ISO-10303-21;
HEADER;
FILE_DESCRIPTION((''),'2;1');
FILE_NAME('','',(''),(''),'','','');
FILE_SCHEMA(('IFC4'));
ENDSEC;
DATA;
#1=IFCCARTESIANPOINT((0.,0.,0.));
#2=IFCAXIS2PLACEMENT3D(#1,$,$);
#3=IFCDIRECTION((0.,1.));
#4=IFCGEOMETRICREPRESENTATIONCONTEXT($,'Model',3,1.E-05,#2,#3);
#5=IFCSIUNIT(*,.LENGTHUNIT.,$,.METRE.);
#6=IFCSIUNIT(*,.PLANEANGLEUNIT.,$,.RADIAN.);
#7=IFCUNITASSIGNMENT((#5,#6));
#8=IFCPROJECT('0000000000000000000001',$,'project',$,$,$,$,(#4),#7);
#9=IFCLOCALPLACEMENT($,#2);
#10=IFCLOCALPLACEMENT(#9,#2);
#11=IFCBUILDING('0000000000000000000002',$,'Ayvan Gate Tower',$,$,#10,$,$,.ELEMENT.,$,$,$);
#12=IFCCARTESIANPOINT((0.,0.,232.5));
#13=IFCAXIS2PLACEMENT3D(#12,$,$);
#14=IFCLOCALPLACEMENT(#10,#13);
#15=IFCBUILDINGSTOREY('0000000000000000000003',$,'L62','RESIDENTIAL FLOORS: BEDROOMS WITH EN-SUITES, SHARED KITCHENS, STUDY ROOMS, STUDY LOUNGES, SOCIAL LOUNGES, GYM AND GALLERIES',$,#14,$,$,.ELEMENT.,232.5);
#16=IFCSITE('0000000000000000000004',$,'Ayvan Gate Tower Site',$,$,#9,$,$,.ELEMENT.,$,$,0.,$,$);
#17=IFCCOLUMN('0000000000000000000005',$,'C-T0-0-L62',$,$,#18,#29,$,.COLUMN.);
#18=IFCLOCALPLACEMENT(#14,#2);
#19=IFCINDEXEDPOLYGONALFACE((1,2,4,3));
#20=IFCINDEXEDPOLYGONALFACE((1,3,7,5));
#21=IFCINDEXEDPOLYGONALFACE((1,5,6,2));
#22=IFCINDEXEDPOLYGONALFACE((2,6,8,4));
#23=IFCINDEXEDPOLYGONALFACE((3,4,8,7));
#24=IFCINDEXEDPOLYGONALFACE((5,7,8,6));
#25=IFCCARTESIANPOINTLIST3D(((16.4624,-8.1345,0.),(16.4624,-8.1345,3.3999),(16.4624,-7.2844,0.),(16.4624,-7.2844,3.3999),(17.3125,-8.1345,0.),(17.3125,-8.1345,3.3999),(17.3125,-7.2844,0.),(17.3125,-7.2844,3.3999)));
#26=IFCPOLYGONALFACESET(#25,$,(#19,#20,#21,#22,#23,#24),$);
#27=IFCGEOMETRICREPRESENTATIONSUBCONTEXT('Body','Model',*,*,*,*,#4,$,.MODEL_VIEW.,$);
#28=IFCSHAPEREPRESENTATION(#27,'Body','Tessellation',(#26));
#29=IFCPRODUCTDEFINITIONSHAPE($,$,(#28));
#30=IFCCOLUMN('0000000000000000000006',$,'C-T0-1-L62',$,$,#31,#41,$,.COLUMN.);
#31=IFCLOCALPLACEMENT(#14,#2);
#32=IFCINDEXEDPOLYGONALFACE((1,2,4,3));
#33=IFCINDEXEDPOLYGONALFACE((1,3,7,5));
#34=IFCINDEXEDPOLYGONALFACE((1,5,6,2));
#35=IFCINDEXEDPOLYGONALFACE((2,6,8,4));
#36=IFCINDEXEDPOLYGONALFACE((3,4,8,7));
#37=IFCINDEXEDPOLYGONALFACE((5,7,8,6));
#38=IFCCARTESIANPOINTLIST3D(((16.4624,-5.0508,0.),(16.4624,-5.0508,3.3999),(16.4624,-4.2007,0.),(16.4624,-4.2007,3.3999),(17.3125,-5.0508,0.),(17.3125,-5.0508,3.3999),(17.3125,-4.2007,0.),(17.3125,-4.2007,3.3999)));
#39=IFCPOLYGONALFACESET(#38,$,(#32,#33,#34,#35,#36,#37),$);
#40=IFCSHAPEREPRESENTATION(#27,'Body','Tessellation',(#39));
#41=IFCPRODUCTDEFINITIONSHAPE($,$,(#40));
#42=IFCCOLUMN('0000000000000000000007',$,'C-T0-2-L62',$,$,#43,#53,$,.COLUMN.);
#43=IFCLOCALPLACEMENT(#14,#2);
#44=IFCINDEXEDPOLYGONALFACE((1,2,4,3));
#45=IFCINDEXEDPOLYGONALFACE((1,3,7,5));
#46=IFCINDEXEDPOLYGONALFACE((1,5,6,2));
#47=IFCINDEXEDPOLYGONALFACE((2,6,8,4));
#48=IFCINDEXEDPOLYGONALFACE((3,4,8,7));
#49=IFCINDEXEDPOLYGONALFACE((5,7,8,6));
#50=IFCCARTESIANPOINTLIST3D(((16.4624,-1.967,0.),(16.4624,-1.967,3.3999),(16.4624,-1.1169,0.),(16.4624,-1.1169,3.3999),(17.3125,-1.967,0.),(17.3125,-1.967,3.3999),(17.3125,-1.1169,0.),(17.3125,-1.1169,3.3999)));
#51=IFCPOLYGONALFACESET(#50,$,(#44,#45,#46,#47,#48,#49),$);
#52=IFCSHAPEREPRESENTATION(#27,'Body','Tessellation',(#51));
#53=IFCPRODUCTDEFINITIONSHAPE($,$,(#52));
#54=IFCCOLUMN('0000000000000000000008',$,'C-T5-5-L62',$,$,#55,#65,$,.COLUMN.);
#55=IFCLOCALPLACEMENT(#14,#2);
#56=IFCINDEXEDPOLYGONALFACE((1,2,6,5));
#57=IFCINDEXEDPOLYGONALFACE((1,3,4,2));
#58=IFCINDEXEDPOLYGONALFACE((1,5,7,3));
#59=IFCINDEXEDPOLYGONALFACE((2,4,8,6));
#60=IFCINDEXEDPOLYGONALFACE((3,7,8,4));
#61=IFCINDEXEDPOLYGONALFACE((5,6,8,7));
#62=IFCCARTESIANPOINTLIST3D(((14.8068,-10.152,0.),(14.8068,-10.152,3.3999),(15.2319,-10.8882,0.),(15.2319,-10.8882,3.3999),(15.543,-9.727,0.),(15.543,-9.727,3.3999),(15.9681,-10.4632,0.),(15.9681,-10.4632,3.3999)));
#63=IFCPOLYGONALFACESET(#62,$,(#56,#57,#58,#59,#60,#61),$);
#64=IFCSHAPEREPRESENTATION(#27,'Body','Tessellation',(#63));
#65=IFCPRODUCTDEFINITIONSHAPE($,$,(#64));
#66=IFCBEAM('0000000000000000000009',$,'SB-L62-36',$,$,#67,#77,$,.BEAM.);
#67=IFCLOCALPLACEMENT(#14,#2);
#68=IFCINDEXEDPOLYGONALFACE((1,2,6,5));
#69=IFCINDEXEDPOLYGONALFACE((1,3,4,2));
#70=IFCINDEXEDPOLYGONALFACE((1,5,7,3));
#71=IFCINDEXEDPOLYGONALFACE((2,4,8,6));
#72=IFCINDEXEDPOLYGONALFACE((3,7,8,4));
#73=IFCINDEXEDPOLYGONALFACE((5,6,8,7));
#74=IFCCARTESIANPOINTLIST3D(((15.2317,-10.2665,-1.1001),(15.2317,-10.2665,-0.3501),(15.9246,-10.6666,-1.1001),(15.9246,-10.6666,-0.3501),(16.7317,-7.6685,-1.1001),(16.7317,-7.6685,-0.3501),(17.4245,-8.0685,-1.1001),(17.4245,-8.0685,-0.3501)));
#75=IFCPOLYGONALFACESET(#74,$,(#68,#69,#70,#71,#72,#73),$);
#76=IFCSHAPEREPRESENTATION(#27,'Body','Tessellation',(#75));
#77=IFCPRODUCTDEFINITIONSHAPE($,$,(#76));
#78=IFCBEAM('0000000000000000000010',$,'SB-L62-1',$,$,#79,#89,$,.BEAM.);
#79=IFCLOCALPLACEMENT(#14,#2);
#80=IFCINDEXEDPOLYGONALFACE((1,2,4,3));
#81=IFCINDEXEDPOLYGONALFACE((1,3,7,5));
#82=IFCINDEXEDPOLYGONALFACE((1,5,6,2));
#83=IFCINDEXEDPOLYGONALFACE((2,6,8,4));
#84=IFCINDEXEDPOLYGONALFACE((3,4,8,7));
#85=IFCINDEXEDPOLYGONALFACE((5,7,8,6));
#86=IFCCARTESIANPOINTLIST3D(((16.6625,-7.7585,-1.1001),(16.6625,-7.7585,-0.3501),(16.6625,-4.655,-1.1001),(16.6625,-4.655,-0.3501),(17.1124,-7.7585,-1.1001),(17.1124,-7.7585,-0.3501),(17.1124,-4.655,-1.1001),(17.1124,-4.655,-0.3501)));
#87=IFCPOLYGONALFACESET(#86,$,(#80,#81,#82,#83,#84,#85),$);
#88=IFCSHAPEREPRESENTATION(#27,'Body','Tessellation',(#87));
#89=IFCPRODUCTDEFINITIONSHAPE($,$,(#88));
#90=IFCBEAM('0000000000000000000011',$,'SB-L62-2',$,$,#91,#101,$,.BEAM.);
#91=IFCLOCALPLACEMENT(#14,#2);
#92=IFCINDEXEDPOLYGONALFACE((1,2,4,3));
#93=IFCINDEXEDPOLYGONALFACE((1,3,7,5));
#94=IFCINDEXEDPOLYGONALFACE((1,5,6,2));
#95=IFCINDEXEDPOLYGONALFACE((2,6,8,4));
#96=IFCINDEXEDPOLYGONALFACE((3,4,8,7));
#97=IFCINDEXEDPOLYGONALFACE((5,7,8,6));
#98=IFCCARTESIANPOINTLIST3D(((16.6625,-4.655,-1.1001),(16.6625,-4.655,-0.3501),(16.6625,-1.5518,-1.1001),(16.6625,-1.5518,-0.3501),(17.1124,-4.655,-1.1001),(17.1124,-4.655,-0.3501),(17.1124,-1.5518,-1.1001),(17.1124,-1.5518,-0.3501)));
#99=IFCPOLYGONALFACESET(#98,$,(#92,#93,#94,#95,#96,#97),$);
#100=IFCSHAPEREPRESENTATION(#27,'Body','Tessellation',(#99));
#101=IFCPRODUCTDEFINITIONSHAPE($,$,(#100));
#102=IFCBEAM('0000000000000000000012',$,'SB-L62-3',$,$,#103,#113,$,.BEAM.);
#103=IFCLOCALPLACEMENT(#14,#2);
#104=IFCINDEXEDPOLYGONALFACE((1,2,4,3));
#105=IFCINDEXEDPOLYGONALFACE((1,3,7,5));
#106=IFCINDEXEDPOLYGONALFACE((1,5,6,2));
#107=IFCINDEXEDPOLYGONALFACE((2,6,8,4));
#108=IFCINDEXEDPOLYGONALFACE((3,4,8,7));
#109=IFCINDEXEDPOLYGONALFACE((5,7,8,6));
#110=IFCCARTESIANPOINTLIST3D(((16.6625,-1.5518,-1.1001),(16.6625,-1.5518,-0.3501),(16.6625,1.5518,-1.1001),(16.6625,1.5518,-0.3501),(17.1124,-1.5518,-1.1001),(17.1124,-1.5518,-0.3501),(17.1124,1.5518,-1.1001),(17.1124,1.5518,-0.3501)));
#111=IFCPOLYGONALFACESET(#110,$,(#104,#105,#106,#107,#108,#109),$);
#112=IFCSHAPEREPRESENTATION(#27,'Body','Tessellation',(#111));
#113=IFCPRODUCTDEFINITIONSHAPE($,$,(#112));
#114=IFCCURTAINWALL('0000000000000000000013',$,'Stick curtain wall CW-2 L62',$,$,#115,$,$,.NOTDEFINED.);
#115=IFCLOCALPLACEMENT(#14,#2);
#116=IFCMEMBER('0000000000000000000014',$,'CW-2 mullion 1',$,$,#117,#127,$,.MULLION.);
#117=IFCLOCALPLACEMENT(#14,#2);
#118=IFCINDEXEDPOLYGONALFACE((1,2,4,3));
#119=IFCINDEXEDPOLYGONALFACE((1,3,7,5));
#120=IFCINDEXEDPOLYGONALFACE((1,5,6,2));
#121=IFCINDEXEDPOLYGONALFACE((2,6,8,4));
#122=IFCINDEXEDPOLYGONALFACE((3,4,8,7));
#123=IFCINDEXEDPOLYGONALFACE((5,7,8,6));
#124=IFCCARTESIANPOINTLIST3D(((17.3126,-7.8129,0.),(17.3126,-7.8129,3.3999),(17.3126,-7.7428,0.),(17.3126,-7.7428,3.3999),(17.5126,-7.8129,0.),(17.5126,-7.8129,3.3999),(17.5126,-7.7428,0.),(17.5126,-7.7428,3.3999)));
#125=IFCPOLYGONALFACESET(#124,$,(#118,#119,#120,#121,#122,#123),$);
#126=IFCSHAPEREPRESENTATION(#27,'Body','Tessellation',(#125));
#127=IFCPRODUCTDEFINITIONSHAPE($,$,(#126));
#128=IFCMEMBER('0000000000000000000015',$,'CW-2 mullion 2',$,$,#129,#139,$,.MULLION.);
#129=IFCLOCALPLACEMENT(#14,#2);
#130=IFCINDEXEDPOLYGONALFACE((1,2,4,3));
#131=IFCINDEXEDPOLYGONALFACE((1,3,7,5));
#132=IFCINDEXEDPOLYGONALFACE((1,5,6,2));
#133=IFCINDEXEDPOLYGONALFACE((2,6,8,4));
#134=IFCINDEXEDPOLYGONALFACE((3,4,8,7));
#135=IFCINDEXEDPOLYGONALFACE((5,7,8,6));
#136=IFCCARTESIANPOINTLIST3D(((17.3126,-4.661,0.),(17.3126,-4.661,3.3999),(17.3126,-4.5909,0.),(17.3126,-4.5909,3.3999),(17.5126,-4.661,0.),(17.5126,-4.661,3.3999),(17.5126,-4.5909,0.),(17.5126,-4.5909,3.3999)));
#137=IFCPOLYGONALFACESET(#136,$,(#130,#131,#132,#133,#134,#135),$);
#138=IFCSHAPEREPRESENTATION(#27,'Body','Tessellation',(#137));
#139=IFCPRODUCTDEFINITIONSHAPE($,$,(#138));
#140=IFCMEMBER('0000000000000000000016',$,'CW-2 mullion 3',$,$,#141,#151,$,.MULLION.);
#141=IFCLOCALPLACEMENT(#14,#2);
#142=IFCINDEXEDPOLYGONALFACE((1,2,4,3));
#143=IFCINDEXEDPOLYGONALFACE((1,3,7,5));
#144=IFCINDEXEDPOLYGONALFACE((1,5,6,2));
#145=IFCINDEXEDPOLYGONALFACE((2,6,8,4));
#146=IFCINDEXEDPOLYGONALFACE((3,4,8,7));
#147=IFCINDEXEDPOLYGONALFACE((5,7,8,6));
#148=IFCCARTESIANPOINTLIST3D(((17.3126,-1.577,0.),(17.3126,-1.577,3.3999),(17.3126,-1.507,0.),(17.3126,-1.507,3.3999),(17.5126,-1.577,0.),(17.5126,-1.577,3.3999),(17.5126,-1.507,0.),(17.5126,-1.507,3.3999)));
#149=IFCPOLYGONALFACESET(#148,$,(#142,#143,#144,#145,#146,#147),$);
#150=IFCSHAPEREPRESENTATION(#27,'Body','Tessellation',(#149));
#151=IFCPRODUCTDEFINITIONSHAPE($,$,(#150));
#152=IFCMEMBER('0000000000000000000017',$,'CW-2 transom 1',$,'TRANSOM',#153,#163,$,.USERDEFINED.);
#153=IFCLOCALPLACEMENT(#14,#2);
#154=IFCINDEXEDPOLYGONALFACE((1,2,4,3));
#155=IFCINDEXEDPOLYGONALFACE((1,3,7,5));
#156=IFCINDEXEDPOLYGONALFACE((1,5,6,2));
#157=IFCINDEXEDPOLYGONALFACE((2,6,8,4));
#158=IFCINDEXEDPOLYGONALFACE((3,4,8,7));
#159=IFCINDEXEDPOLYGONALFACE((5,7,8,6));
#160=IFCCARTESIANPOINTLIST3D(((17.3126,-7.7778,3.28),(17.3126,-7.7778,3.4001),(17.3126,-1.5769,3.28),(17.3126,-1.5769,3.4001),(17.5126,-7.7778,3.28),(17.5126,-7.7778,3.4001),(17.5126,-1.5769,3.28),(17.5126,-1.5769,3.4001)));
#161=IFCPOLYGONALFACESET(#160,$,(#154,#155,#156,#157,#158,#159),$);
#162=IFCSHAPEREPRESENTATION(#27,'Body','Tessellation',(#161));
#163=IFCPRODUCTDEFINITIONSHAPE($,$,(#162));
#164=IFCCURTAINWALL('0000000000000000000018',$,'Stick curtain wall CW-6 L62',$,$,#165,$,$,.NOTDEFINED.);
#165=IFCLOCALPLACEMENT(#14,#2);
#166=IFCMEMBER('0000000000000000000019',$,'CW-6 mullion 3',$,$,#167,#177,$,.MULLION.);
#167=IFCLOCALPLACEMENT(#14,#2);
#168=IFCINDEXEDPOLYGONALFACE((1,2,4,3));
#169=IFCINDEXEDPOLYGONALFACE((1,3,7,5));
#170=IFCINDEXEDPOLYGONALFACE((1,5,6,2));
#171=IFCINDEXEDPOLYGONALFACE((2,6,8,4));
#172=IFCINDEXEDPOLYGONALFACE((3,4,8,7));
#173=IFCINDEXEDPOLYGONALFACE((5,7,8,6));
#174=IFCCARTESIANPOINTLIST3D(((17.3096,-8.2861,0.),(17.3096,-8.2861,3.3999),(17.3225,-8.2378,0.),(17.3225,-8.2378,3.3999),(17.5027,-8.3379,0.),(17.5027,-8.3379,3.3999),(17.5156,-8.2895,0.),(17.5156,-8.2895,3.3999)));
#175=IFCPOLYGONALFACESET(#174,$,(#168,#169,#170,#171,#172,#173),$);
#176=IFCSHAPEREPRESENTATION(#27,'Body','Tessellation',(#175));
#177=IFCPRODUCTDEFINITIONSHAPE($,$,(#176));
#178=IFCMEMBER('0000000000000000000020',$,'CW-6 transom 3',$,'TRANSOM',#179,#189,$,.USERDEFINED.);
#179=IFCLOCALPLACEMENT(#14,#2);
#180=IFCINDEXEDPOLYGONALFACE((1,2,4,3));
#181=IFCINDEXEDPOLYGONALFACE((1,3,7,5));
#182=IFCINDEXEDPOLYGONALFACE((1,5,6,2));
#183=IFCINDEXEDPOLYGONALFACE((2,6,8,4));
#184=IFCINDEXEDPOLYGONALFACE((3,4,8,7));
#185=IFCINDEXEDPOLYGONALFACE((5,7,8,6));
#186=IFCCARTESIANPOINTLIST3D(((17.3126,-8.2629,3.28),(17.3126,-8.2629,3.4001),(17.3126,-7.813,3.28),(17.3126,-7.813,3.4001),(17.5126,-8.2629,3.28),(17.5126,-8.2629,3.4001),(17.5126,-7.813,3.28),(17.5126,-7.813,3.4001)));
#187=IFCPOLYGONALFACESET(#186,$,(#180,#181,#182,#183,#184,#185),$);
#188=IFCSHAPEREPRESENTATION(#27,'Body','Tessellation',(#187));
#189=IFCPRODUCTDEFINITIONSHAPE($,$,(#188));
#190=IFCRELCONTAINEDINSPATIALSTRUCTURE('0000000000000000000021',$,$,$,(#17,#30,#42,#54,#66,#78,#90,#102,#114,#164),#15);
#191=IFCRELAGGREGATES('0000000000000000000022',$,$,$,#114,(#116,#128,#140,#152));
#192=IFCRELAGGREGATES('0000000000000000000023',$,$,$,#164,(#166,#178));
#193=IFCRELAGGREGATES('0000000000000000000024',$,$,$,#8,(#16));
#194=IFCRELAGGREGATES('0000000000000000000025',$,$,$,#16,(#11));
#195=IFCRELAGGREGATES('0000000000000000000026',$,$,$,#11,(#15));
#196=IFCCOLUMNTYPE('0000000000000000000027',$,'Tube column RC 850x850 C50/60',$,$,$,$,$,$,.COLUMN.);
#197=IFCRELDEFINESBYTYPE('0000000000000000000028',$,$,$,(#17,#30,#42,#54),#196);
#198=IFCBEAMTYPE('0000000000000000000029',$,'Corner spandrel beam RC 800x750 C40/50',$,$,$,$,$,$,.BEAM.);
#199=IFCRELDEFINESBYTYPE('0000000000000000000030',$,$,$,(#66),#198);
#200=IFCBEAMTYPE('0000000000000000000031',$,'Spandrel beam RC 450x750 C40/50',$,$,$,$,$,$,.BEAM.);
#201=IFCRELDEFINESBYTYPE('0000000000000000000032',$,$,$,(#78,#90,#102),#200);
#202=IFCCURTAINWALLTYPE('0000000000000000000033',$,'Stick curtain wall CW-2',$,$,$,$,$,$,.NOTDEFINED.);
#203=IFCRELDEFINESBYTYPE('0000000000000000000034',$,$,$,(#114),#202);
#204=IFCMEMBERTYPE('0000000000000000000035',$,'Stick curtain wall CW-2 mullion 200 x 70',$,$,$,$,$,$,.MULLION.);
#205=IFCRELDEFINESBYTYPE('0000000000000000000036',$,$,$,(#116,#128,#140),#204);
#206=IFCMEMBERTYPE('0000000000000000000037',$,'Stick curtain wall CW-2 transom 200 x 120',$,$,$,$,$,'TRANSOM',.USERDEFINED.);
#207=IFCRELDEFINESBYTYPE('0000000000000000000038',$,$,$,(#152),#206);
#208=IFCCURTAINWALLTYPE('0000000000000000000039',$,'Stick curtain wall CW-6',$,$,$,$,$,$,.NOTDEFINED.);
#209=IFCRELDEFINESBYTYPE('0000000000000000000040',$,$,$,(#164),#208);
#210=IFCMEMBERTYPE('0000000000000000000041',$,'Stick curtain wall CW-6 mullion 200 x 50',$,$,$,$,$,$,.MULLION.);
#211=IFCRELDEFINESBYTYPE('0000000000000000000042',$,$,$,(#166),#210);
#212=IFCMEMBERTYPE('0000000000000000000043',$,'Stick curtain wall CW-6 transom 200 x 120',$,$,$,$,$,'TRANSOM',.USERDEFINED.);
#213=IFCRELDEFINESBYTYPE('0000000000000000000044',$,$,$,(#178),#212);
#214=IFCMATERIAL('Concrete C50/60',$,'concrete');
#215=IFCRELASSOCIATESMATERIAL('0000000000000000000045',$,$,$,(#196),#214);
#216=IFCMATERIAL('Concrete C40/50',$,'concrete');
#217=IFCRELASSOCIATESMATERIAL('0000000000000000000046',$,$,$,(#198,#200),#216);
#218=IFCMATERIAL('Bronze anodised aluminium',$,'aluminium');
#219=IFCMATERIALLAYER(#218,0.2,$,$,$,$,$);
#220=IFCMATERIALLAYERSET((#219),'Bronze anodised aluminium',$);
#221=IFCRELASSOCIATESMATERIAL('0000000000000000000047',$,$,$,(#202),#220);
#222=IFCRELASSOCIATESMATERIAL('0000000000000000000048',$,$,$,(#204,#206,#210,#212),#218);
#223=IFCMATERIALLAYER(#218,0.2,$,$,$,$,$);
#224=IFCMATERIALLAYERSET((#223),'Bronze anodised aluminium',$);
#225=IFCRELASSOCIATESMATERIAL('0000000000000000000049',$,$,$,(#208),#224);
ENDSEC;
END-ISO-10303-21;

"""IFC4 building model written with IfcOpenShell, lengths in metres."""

from ifc_helpers import new_model, si_unit, direction, frame, origin, origin_2d, place, context, subcontext, project, spatial, rectangle, extrude, material, layer, layer_set, material_profile, profile_set, type_object, element, aggregate, save


model = new_model("IFC4")

# Units and contexts
model_context = context("Model", 3, precision=1e-05, world=origin(), true_north=direction((0.0, 1.0)))
body_context = subcontext(model_context, "Body", "Model", "MODEL_VIEW")
ifc_project = project(units=[si_unit("LENGTHUNIT", "METRE"), si_unit("PLANEANGLEUNIT", "RADIAN")], contexts=[model_context])

# Site, building, storey
site_placement = place(None, origin())
site = spatial("IfcSite", under=ifc_project, at=site_placement, Name="Ayvan Gate Tower Site", CompositionType="ELEMENT", RefElevation=0.0)
building_placement = place(site_placement, origin())
building = spatial("IfcBuilding", under=site, at=building_placement, Name="Ayvan Gate Tower", CompositionType="ELEMENT")
storey_placement = place(building_placement, frame((0.0, 0.0, 232.5)))
storey = spatial("IfcBuildingStorey", under=building, at=storey_placement, Name="L62", Description="RESIDENTIAL FLOORS: BEDROOMS WITH EN-SUITES, SHARED KITCHENS, STUDY ROOMS, STUDY LOUNGES, SOCIAL LOUNGES, GYM AND GALLERIES", CompositionType="ELEMENT", Elevation=232.5)

# Columns
ifc_material_1 = material(Name="Concrete C50/60", Category="concrete")
ifc_material_profile_1 = material_profile(ifc_material_1, rectangle(XDim=0.8501, YDim=0.8501, at=origin_2d()), Name="RC 850x850")
ifc_profile_set_1 = profile_set([ifc_material_profile_1], Name="Concrete C50/60")
column_type = type_object("IfcColumnType", Name="Tube column RC 850x850 C50/60", PredefinedType="COLUMN", material=ifc_profile_set_1)
for number, where, z_axis, x_axis, name in (
    (1, (16.8875, -7.7095, 0.0), (0.0, 0.0, 1.0), (1.0, 0.0, 0.0), "C-T0-0-L62"),
    (2, (16.8875, -4.6257, 0.0), (0.0, 0.0, 1.0), (1.0, 0.0, 0.0), "C-T0-1-L62"),
    (3, (16.8875, -1.542, 0.0), (0.0, 0.0, 1.0), (1.0, 0.0, 0.0), "C-T0-2-L62"),
    (4, (15.3875, -10.3076, 0.0), (0.0, 0.0, 1.0), (0.5, -0.866025, 0.0), "C-T5-5-L62"),
):
    element("IfcColumn", number, at=place(storey_placement, frame(where, z_axis=z_axis, x_axis=x_axis)), inside=storey, type_object=column_type, Name=name, PredefinedType="COLUMN", context=body_context, shape_type="SweptSolid", body=[
        extrude(rectangle(XDim=0.8501, YDim=0.8501, at=origin_2d()), origin(), (0.0, 0.0, 1.0), 3.3999),
    ])

# Beams
ifc_material_2 = material(Name="Concrete C40/50", Category="concrete")
ifc_material_profile_2 = material_profile(ifc_material_2, rectangle(XDim=0.8, YDim=0.75, at=origin_2d()), Name="RC 800x750")
ifc_profile_set_2 = profile_set([ifc_material_profile_2], Name="Concrete C40/50")
beam_type_1 = type_object("IfcBeamType", Name="Corner spandrel beam RC 800x750 C40/50", PredefinedType="BEAM", material=ifc_profile_set_2)
beam_1_placement = place(storey_placement, frame((15.5781, -10.4666, -0.7251), z_axis=(0.49999, 0.866031, 0.0), x_axis=(-0.866031, 0.49999, 0.0)))
element("IfcBeam", 5, at=beam_1_placement, inside=storey, type_object=beam_type_1, Name="SB-L62-36", PredefinedType="BEAM", context=body_context, shape_type="SweptSolid", body=[
    extrude(rectangle(XDim=0.8, YDim=0.75, at=origin_2d()), origin(), (0.0, 0.0, 1.0), 3.0),
])
ifc_material_profile_3 = material_profile(ifc_material_2, rectangle(XDim=0.45, YDim=0.75, at=origin_2d()), Name="RC 450x750")
ifc_profile_set_3 = profile_set([ifc_material_profile_3], Name="Concrete C40/50")
beam_type_2 = type_object("IfcBeamType", Name="Spandrel beam RC 450x750 C40/50", PredefinedType="BEAM", material=ifc_profile_set_3)
beam_2_placement = place(storey_placement, frame((16.8875, -7.7585, -0.7251), z_axis=(0.0, 1.0, 0.0), x_axis=(-1.0, 0.0, 0.0)))
element("IfcBeam", 6, at=beam_2_placement, inside=storey, type_object=beam_type_2, Name="SB-L62-1", PredefinedType="BEAM", context=body_context, shape_type="SweptSolid", body=[
    extrude(rectangle(XDim=0.45, YDim=0.75, at=origin_2d()), origin(), (0.0, 0.0, 1.0), 3.1035),
])
beam_3_placement = place(storey_placement, frame((16.8875, -4.655, -0.7251), z_axis=(0.0, 1.0, 0.0), x_axis=(-1.0, 0.0, 0.0)))
element("IfcBeam", 7, at=beam_3_placement, inside=storey, type_object=beam_type_2, Name="SB-L62-2", PredefinedType="BEAM", context=body_context, shape_type="SweptSolid", body=[
    extrude(rectangle(XDim=0.45, YDim=0.75, at=origin_2d()), origin(), (0.0, 0.0, 1.0), 3.1033),
])
beam_4_placement = place(storey_placement, frame((16.8875, -1.5518, -0.7251), z_axis=(0.0, 1.0, 0.0), x_axis=(-1.0, 0.0, 0.0)))
element("IfcBeam", 8, at=beam_4_placement, inside=storey, type_object=beam_type_2, Name="SB-L62-3", PredefinedType="BEAM", context=body_context, shape_type="SweptSolid", body=[
    extrude(rectangle(XDim=0.45, YDim=0.75, at=origin_2d()), origin(), (0.0, 0.0, 1.0), 3.1035),
])

# Curtain walls, members
ifc_material_3 = material(Name="Bronze anodised aluminium", Category="aluminium")
ifc_layer_1 = layer(ifc_material_3, 0.2)
ifc_layer_set_1 = layer_set([ifc_layer_1], Name="Bronze anodised aluminium")
curtain_wall_type_1 = type_object("IfcCurtainWallType", Name="Stick curtain wall CW-2", PredefinedType="NOTDEFINED", material=ifc_layer_set_1)
curtain_wall_1_placement = place(storey_placement, origin())
curtain_wall_1 = element("IfcCurtainWall", 9, at=curtain_wall_1_placement, inside=storey, type_object=curtain_wall_type_1, Name="Stick curtain wall CW-2 L62", PredefinedType="NOTDEFINED")
ifc_material_profile_4 = material_profile(ifc_material_3, rectangle(XDim=0.2, YDim=0.0701, at=origin_2d()), Name="Stick curtain wall CW-2 mullion 200 x 70")
ifc_profile_set_4 = profile_set([ifc_material_profile_4], Name="Bronze anodised aluminium")
member_type_1 = type_object("IfcMemberType", Name="Stick curtain wall CW-2 mullion 200 x 70", PredefinedType="MULLION", material=ifc_profile_set_4)
member_1_placement = place(storey_placement, frame((17.4126, -7.7778, 0.0), z_axis=(0.0, 0.0, 1.0), x_axis=(1.0, 0.0, 0.0)))
member_1 = element("IfcMember", 10, at=member_1_placement, type_object=member_type_1, Name="CW-2 mullion 1", PredefinedType="MULLION", context=body_context, shape_type="SweptSolid", body=[
    extrude(rectangle(XDim=0.2, YDim=0.0701, at=origin_2d()), origin(), (0.0, 0.0, 1.0), 3.3999),
])
member_2_placement = place(storey_placement, frame((17.4126, -4.626, 0.0), z_axis=(0.0, 0.0, 1.0), x_axis=(1.0, 0.0, 0.0)))
member_2 = element("IfcMember", 11, at=member_2_placement, type_object=member_type_1, Name="CW-2 mullion 2", PredefinedType="MULLION", context=body_context, shape_type="SweptSolid", body=[
    extrude(rectangle(XDim=0.2, YDim=0.0701, at=origin_2d()), origin(), (0.0, 0.0, 1.0), 3.3999),
])
member_3_placement = place(storey_placement, frame((17.4126, -1.542, 0.0), z_axis=(0.0, 0.0, 1.0), x_axis=(1.0, 0.0, 0.0)))
member_3 = element("IfcMember", 12, at=member_3_placement, type_object=member_type_1, Name="CW-2 mullion 3", PredefinedType="MULLION", context=body_context, shape_type="SweptSolid", body=[
    extrude(rectangle(XDim=0.2, YDim=0.0701, at=origin_2d()), origin(), (0.0, 0.0, 1.0), 3.3999),
])
ifc_material_profile_5 = material_profile(ifc_material_3, rectangle(XDim=0.2, YDim=0.1201, at=origin_2d()), Name="Stick curtain wall CW-2 transom 200 x 120")
ifc_profile_set_5 = profile_set([ifc_material_profile_5], Name="Bronze anodised aluminium")
member_type_2 = type_object("IfcMemberType", Name="Stick curtain wall CW-2 transom 200 x 120", ElementType="TRANSOM", PredefinedType="USERDEFINED", material=ifc_profile_set_5)
member_4_placement = place(storey_placement, frame((17.4126, -7.7778, 3.3401), z_axis=(0.0, 1.0, 0.0), x_axis=(-1.0, 0.0, 0.0)))
member_4 = element("IfcMember", 13, at=member_4_placement, type_object=member_type_2, Name="CW-2 transom 1", ObjectType="TRANSOM", PredefinedType="USERDEFINED", context=body_context, shape_type="SweptSolid", body=[
    extrude(rectangle(XDim=0.2, YDim=0.1201, at=origin_2d()), origin(), (0.0, 0.0, 1.0), 6.2009),
])
ifc_layer_2 = layer(ifc_material_3, 0.2)
ifc_layer_set_2 = layer_set([ifc_layer_2], Name="Bronze anodised aluminium")
curtain_wall_type_2 = type_object("IfcCurtainWallType", Name="Stick curtain wall CW-6", PredefinedType="NOTDEFINED", material=ifc_layer_set_2)
curtain_wall_2_placement = place(storey_placement, origin())
curtain_wall_2 = element("IfcCurtainWall", 14, at=curtain_wall_2_placement, inside=storey, type_object=curtain_wall_type_2, Name="Stick curtain wall CW-6 L62", PredefinedType="NOTDEFINED")
ifc_material_profile_6 = material_profile(ifc_material_3, rectangle(XDim=0.2, YDim=0.05, at=origin_2d()), Name="Stick curtain wall CW-6 mullion 200 x 50")
ifc_profile_set_6 = profile_set([ifc_material_profile_6], Name="Bronze anodised aluminium")
member_type_3 = type_object("IfcMemberType", Name="Stick curtain wall CW-6 mullion 200 x 50", PredefinedType="MULLION", material=ifc_profile_set_6)
member_5_placement = place(storey_placement, frame((17.4126, -8.2878, 0.0), z_axis=(0.0, 0.0, 1.0), x_axis=(0.965926, -0.258819, 0.0)))
member_5 = element("IfcMember", 15, at=member_5_placement, type_object=member_type_3, Name="CW-6 mullion 3", PredefinedType="MULLION", context=body_context, shape_type="SweptSolid", body=[
    extrude(rectangle(XDim=0.2, YDim=0.05, at=origin_2d()), origin(), (0.0, 0.0, 1.0), 3.3999),
])
ifc_material_profile_7 = material_profile(ifc_material_3, rectangle(XDim=0.2, YDim=0.1201, at=origin_2d()), Name="Stick curtain wall CW-6 transom 200 x 120")
ifc_profile_set_7 = profile_set([ifc_material_profile_7], Name="Bronze anodised aluminium")
member_type_4 = type_object("IfcMemberType", Name="Stick curtain wall CW-6 transom 200 x 120", ElementType="TRANSOM", PredefinedType="USERDEFINED", material=ifc_profile_set_7)
member_6_placement = place(storey_placement, frame((17.4126, -8.2629, 3.3401), z_axis=(0.0, 1.0, 0.0), x_axis=(-1.0, 0.0, 0.0)))
member_6 = element("IfcMember", 16, at=member_6_placement, type_object=member_type_4, Name="CW-6 transom 3", ObjectType="TRANSOM", PredefinedType="USERDEFINED", context=body_context, shape_type="SweptSolid", body=[
    extrude(rectangle(XDim=0.2, YDim=0.1201, at=origin_2d()), origin(), (0.0, 0.0, 1.0), 0.45),
])

aggregate(curtain_wall_1, [member_1, member_2, member_3, member_4])
aggregate(curtain_wall_2, [member_5, member_6])

save(model, "model.ifc")
